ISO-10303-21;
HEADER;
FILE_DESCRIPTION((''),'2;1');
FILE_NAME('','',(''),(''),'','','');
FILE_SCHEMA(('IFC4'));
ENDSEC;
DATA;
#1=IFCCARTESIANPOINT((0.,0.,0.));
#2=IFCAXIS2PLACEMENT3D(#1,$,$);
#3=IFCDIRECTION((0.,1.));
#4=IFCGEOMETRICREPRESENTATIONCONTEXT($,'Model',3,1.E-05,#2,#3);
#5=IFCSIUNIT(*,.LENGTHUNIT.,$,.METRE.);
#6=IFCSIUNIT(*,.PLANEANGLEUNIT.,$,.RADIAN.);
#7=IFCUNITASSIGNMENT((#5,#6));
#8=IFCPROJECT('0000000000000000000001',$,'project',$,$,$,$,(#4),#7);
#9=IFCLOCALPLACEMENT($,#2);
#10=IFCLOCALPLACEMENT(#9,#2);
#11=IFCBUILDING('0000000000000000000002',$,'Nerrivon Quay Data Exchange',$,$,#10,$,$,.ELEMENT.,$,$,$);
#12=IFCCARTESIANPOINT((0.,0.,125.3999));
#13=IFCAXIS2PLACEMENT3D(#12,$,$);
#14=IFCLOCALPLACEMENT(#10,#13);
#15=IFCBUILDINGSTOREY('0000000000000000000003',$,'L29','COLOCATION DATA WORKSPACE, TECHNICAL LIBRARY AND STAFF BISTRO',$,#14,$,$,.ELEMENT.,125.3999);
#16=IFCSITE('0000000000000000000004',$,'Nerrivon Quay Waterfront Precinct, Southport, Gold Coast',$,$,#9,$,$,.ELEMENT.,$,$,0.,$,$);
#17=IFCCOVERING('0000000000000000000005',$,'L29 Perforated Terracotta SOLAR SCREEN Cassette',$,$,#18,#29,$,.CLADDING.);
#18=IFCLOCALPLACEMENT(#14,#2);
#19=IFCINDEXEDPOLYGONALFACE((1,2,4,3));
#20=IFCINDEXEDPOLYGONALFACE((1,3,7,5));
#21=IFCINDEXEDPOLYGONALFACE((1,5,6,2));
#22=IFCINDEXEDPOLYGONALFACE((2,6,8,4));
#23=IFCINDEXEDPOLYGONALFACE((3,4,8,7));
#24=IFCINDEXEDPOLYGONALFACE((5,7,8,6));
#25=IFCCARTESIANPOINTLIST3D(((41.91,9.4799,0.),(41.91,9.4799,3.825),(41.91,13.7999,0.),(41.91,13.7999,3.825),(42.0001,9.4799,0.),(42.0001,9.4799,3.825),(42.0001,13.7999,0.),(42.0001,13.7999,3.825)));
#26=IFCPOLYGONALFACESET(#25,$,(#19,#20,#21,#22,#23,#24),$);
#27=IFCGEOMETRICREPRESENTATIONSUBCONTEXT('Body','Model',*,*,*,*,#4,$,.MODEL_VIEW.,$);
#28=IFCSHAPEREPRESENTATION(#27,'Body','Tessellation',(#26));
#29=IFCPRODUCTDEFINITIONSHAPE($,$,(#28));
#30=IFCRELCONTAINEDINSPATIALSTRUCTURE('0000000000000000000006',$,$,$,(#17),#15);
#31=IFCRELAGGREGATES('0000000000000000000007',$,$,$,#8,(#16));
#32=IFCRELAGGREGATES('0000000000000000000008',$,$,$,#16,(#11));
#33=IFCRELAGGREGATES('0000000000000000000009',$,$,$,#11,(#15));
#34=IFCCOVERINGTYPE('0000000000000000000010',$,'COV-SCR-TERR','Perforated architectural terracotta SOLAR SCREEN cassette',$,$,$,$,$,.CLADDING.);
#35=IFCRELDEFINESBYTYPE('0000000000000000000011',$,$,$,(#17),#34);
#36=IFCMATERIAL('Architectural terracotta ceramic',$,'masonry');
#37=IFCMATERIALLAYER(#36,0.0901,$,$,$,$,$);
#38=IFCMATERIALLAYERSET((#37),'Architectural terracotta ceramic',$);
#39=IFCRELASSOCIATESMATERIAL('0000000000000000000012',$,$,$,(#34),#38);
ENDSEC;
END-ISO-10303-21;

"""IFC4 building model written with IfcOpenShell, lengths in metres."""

from ifc_helpers import new_model, si_unit, direction, frame, origin, origin_2d, place, context, subcontext, project, spatial, rectangle, extrude, material, layer, layer_set, type_object, element, save


model = new_model("IFC4")

# Units and contexts
model_context = context("Model", 3, precision=1e-05, world=origin(), true_north=direction((0.0, 1.0)))
body_context = subcontext(model_context, "Body", "Model", "MODEL_VIEW")
ifc_project = project(units=[si_unit("LENGTHUNIT", "METRE"), si_unit("PLANEANGLEUNIT", "RADIAN")], contexts=[model_context])

# Site, building, storey
site_placement = place(None, origin())
site = spatial("IfcSite", under=ifc_project, at=site_placement, Name="Nerrivon Quay Waterfront Precinct, Southport, Gold Coast", CompositionType="ELEMENT", RefElevation=0.0)
building_placement = place(site_placement, origin())
building = spatial("IfcBuilding", under=site, at=building_placement, Name="Nerrivon Quay Data Exchange", CompositionType="ELEMENT")
storey_placement = place(building_placement, frame((0.0, 0.0, 125.3999)))
storey = spatial("IfcBuildingStorey", under=building, at=storey_placement, Name="L29", Description="COLOCATION DATA WORKSPACE, TECHNICAL LIBRARY AND STAFF BISTRO", CompositionType="ELEMENT", Elevation=125.3999)

# Covering
ifc_material_1 = material(Name="Architectural terracotta ceramic", Category="masonry")
ifc_layer_1 = layer(ifc_material_1, 0.0901)
ifc_layer_set_1 = layer_set([ifc_layer_1], Name="Architectural terracotta ceramic")
covering_type = type_object("IfcCoveringType", Name="COV-SCR-TERR", Description="Perforated architectural terracotta SOLAR SCREEN cassette", PredefinedType="CLADDING", material=ifc_layer_set_1)
covering_placement = place(storey_placement, frame((41.9551, 11.6399, 0.0), z_axis=(0.0, 0.0, 1.0), x_axis=(0.0, -1.0, 0.0)))
element("IfcCovering", 1, at=covering_placement, inside=storey, type_object=covering_type, Name="L29 Perforated Terracotta SOLAR SCREEN Cassette", PredefinedType="CLADDING", context=body_context, shape_type="SweptSolid", body=[
    extrude(rectangle(XDim=4.3201, YDim=0.0901, at=origin_2d()), origin(), (0.0, 0.0, 1.0), 3.825),
])

save(model, "model.ifc")
